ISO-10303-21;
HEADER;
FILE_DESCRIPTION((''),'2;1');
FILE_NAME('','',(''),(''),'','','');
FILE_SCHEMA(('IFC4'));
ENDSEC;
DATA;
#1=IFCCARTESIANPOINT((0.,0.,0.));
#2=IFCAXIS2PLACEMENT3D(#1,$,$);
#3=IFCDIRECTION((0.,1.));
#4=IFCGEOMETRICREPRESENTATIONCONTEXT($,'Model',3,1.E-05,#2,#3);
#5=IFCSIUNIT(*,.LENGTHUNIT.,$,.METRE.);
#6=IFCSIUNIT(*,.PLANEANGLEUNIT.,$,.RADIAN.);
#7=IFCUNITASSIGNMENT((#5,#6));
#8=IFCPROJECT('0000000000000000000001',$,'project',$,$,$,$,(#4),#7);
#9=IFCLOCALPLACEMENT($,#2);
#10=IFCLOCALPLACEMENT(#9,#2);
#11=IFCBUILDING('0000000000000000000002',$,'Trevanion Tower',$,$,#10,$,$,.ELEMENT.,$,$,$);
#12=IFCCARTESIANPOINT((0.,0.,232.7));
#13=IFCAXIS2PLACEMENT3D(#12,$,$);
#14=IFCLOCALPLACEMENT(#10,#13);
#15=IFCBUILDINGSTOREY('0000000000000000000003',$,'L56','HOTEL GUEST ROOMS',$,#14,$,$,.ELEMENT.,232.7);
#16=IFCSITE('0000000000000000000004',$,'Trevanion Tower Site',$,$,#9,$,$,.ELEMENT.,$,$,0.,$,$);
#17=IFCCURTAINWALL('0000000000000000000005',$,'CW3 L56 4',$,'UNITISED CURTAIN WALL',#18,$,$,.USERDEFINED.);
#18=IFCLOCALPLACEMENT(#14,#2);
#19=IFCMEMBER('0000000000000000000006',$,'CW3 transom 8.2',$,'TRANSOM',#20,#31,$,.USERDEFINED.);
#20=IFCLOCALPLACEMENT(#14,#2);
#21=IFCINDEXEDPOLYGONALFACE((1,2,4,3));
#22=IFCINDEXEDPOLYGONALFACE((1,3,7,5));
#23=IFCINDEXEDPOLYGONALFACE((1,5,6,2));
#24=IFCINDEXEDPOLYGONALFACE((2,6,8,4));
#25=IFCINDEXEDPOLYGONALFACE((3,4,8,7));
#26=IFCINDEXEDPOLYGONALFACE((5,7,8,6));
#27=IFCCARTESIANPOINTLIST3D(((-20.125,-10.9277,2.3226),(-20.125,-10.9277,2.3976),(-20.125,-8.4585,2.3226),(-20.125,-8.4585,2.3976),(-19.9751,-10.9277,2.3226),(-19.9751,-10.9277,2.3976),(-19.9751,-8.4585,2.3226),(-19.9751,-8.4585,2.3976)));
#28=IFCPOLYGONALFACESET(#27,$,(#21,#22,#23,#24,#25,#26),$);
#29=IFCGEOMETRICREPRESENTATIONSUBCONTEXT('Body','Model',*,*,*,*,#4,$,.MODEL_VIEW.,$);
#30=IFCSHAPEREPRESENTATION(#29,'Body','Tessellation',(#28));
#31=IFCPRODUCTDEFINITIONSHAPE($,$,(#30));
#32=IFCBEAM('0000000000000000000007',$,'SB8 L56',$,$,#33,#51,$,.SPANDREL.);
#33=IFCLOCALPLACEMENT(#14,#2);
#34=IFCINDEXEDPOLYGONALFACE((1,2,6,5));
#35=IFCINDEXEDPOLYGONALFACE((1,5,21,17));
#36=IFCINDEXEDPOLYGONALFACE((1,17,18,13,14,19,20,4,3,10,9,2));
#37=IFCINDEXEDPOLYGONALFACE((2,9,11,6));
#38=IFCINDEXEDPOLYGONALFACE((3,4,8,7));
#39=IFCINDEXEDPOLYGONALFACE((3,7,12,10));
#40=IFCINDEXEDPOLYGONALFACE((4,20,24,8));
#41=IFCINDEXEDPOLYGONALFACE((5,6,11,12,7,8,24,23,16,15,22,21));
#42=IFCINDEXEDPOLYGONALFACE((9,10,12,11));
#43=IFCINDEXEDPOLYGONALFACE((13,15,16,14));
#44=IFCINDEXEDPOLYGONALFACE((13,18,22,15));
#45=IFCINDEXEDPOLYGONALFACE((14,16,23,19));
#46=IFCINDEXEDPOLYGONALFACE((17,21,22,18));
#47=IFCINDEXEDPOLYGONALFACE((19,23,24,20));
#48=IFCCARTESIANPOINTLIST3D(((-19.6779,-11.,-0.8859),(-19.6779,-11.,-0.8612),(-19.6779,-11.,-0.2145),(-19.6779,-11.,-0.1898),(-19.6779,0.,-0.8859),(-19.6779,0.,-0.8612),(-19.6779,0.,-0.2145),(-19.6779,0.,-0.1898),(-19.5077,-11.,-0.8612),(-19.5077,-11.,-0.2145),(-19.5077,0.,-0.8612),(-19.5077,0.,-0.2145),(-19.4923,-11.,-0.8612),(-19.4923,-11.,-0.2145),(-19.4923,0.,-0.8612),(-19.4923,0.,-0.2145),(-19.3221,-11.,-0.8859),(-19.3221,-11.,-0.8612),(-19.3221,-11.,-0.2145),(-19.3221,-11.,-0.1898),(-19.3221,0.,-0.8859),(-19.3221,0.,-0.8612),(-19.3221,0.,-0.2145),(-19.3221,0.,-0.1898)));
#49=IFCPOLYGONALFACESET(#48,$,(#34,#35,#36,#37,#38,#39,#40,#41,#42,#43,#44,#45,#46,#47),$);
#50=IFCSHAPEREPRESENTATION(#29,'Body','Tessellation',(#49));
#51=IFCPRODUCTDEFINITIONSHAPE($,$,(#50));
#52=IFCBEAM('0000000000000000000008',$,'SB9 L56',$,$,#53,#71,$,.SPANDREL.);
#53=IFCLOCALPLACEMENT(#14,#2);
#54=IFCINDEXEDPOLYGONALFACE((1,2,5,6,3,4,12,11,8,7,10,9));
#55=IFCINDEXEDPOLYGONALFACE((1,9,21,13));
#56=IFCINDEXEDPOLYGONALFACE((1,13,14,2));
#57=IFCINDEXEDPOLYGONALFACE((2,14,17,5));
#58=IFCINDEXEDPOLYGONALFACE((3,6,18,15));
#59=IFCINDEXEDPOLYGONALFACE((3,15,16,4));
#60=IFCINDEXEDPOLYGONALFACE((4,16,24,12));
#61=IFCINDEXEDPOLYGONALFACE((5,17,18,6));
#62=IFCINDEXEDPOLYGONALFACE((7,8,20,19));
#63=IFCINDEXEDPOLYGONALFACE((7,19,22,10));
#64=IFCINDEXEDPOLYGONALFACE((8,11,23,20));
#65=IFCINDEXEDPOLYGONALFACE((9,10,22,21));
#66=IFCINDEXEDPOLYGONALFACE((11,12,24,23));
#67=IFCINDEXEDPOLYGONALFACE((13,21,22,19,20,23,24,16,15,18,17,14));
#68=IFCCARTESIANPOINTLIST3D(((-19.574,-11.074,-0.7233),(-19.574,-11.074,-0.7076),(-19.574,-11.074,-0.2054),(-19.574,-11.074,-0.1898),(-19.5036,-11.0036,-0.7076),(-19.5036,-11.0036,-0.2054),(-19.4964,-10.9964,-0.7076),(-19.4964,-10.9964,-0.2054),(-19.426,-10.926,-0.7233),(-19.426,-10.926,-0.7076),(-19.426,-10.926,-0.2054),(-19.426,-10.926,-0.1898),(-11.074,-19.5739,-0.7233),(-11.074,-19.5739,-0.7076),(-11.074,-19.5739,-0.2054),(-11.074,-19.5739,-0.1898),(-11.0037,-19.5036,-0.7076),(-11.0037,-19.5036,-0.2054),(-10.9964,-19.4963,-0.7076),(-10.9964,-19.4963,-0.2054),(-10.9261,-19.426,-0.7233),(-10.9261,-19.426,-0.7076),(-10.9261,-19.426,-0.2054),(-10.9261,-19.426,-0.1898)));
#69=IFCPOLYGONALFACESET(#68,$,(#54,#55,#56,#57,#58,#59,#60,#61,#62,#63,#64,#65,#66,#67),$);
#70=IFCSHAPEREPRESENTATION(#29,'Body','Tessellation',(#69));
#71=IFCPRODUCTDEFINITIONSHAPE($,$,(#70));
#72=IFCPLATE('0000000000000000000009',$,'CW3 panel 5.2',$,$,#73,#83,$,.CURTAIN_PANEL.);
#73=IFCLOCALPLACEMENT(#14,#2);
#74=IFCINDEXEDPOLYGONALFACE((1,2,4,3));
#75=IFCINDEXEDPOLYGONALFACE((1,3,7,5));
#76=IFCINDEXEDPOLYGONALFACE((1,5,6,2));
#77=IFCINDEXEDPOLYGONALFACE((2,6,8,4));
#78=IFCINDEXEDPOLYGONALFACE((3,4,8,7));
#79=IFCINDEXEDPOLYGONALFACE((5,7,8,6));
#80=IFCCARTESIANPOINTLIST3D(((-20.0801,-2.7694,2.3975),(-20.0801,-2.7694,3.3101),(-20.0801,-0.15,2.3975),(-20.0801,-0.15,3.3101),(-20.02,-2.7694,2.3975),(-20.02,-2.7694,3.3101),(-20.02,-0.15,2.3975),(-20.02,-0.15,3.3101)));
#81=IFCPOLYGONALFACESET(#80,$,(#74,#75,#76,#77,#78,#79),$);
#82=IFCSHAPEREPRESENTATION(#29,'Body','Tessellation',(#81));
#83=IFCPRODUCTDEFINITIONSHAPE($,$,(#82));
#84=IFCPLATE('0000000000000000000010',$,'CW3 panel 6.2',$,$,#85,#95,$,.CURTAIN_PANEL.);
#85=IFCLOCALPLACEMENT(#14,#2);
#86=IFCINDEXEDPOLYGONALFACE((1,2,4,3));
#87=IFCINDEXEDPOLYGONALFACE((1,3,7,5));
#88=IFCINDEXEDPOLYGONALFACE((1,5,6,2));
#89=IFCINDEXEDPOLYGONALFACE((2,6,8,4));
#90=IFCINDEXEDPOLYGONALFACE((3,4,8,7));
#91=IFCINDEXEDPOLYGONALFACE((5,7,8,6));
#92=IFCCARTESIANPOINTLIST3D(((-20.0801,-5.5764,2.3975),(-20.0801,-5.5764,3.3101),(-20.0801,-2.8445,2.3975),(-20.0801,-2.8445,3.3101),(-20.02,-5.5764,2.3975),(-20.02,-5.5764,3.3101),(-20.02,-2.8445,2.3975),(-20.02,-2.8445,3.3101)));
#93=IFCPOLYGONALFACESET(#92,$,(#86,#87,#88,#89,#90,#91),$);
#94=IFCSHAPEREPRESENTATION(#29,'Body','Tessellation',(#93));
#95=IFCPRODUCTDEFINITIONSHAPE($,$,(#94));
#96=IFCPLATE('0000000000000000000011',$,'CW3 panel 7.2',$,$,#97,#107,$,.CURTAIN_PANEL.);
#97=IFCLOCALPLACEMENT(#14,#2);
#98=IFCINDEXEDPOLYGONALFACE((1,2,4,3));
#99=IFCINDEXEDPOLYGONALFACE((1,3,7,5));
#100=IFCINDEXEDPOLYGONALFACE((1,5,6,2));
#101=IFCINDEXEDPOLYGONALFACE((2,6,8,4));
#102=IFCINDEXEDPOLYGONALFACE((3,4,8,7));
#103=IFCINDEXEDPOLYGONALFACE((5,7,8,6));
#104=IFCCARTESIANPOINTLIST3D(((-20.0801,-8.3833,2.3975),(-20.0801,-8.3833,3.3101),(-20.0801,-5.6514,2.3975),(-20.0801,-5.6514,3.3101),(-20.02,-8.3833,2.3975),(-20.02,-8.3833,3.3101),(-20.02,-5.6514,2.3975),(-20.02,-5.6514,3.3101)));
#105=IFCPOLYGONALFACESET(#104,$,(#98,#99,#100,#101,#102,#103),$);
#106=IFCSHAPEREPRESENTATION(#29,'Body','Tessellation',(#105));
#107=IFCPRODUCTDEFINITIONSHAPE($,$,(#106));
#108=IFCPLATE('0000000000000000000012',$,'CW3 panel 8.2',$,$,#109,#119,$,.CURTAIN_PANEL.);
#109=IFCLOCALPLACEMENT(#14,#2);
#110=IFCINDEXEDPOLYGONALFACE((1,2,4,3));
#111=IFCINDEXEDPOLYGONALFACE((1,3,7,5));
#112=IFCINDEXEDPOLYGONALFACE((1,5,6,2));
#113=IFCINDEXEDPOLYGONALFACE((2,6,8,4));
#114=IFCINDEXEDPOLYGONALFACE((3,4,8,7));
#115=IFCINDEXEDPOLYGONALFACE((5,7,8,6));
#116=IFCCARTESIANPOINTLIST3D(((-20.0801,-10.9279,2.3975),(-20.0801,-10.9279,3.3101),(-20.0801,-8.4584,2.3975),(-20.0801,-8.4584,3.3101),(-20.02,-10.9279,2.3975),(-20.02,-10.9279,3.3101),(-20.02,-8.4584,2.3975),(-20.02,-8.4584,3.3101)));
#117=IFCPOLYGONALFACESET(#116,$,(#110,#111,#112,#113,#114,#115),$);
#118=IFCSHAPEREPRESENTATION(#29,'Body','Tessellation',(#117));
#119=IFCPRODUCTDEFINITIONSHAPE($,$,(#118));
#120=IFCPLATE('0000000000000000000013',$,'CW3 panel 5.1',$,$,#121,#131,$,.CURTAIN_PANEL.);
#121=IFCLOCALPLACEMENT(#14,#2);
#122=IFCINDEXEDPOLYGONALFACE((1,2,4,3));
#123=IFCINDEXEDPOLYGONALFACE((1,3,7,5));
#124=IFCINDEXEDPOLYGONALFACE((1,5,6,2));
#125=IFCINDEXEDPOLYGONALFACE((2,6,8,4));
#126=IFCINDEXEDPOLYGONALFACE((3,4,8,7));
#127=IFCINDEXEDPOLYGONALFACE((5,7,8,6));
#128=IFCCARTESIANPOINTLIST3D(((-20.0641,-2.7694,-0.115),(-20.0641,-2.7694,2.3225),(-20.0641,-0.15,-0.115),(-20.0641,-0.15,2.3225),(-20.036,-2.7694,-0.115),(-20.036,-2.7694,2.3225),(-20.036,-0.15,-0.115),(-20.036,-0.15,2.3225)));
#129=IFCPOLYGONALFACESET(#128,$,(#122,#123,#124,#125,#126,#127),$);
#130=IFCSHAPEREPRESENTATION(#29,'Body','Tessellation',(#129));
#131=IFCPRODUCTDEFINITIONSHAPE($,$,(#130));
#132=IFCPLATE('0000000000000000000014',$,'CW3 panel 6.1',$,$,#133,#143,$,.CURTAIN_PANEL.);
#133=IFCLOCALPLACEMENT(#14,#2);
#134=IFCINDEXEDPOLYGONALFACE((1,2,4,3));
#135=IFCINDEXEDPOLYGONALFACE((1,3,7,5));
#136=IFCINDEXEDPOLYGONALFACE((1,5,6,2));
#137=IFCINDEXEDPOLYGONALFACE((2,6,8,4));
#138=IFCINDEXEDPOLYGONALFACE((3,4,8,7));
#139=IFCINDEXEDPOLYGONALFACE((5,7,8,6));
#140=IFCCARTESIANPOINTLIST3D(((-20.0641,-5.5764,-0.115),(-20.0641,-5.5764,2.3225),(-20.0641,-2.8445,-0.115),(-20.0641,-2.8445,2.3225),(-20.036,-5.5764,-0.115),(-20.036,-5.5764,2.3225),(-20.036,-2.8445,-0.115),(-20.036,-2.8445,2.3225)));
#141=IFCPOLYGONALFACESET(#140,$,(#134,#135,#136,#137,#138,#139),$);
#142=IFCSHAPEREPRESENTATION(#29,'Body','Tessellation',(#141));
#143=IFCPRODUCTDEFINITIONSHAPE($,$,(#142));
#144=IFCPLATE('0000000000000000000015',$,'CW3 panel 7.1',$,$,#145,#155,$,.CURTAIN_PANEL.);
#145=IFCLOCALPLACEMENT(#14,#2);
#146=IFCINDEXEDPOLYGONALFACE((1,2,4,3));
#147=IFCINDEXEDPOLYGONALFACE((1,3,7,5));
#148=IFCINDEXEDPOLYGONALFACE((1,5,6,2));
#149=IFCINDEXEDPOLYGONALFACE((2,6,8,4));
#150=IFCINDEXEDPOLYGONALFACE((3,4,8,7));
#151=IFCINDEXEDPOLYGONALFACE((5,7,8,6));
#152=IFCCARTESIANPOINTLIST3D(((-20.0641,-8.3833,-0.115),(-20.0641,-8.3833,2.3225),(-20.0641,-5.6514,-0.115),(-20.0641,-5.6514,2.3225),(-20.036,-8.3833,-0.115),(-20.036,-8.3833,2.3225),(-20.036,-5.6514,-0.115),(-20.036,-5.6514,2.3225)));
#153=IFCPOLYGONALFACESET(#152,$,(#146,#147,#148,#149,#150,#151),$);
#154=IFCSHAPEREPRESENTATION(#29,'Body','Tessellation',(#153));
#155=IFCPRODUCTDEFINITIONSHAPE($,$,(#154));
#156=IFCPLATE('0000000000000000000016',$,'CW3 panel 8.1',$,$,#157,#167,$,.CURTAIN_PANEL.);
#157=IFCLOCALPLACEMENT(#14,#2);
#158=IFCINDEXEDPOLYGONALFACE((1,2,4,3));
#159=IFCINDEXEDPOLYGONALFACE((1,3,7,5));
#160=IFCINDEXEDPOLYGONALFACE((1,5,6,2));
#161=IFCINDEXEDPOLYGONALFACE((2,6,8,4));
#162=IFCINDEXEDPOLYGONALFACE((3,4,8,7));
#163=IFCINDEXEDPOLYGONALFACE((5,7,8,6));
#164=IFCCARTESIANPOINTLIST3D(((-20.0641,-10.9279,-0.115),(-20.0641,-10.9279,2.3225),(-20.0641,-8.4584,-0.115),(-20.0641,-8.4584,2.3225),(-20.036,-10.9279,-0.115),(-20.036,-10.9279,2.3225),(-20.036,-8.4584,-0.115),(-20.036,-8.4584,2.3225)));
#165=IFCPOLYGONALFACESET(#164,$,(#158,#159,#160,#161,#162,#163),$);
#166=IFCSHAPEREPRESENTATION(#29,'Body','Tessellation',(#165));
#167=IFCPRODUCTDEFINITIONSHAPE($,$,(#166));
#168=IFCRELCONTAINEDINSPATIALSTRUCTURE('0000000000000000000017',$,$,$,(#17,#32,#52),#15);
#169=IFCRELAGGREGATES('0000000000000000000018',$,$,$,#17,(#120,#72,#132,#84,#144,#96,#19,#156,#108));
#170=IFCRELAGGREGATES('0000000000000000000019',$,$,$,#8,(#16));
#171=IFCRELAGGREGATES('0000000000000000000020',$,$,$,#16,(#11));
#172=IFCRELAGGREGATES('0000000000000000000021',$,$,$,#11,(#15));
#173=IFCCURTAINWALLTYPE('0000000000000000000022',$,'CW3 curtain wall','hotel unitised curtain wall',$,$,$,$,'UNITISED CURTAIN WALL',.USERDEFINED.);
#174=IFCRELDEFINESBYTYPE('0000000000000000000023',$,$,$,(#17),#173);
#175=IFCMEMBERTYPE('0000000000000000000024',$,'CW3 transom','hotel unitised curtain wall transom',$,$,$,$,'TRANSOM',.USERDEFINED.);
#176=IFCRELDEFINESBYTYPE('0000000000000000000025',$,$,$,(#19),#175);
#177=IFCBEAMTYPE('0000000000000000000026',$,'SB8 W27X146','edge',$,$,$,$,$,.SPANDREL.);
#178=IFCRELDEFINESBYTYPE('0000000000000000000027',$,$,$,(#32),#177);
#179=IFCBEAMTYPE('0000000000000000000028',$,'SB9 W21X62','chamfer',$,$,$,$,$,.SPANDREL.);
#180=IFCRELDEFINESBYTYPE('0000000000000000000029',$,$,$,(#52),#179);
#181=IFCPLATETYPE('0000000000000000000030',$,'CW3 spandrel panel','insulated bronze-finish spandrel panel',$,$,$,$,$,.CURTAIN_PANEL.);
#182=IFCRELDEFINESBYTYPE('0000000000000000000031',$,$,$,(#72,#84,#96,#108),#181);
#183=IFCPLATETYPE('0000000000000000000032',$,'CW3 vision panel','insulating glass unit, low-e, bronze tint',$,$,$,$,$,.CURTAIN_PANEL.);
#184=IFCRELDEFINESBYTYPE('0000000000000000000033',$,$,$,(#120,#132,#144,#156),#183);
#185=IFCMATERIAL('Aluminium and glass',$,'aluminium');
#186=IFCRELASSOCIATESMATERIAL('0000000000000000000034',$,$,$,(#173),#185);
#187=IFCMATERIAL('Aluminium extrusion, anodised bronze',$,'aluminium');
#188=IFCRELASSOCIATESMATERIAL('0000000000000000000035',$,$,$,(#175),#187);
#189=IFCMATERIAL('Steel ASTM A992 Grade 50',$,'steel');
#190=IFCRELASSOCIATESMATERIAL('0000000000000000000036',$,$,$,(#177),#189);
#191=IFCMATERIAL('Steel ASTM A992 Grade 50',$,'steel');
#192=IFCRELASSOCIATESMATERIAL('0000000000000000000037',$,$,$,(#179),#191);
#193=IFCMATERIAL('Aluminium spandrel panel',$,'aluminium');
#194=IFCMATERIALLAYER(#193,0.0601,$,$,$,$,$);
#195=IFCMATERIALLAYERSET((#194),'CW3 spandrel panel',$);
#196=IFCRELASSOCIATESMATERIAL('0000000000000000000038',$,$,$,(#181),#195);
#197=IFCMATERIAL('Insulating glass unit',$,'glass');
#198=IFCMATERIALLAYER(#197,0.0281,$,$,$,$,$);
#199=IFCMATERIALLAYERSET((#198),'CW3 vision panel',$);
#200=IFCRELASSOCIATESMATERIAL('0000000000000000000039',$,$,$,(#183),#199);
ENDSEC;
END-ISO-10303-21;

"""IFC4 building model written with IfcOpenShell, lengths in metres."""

from ifc_helpers import new_model, si_unit, direction, frame, origin, origin_2d, place, context, subcontext, project, spatial, rectangle, i_section, extrude, material, layer, layer_set, material_profile, profile_set, type_object, element, aggregate, save


model = new_model("IFC4")

# Units and contexts
model_context = context("Model", 3, precision=1e-05, world=origin(), true_north=direction((0.0, 1.0)))
body_context = subcontext(model_context, "Body", "Model", "MODEL_VIEW")
ifc_project = project(units=[si_unit("LENGTHUNIT", "METRE"), si_unit("PLANEANGLEUNIT", "RADIAN")], contexts=[model_context])

# Site, building, storey
site_placement = place(None, origin())
site = spatial("IfcSite", under=ifc_project, at=site_placement, Name="Trevanion Tower Site", CompositionType="ELEMENT", RefElevation=0.0)
building_placement = place(site_placement, origin())
building = spatial("IfcBuilding", under=site, at=building_placement, Name="Trevanion Tower", CompositionType="ELEMENT")
storey_placement = place(building_placement, frame((0.0, 0.0, 232.7)))
storey = spatial("IfcBuildingStorey", under=building, at=storey_placement, Name="L56", Description="HOTEL GUEST ROOMS", CompositionType="ELEMENT", Elevation=232.7)

# Curtain wall, member
ifc_material_1 = material(Name="Aluminium and glass", Category="aluminium")
curtain_wall_type = type_object("IfcCurtainWallType", Name="CW3 curtain wall", Description="hotel unitised curtain wall", ElementType="UNITISED CURTAIN WALL", PredefinedType="USERDEFINED", material=ifc_material_1)
curtain_wall_placement = place(storey_placement, origin())
curtain_wall = element("IfcCurtainWall", 1, at=curtain_wall_placement, inside=storey, type_object=curtain_wall_type, Name="CW3 L56 4", ObjectType="UNITISED CURTAIN WALL", PredefinedType="USERDEFINED")
ifc_material_2 = material(Name="Aluminium extrusion, anodised bronze", Category="aluminium")
ifc_material_profile_1 = material_profile(ifc_material_2, rectangle(XDim=0.1499, YDim=0.075, at=origin_2d()), Name="CW3 transom")
ifc_profile_set_1 = profile_set([ifc_material_profile_1], Name="Aluminium extrusion, anodised bronze")
member_type_1 = type_object("IfcMemberType", Name="CW3 transom", Description="hotel unitised curtain wall transom", ElementType="TRANSOM", PredefinedType="USERDEFINED", material=ifc_profile_set_1)
member_1_placement = place(storey_placement, frame((-20.05, -8.4585, 2.3601), z_axis=(0.0, -1.0, 0.0), x_axis=(1.0, 0.0, 0.0)))
member_1 = element("IfcMember", 2, at=member_1_placement, type_object=member_type_1, Name="CW3 transom 8.2", ObjectType="TRANSOM", PredefinedType="USERDEFINED", context=body_context, shape_type="SweptSolid", body=[
    extrude(rectangle(XDim=0.1499, YDim=0.075, at=origin_2d()), origin(), (0.0, 0.0, 1.0), 2.4692),
])

# Beams
ifc_material_3 = material(Name="Steel ASTM A992 Grade 50", Category="steel")
ifc_material_profile_2 = material_profile(ifc_material_3, i_section(OverallWidth=0.3557, OverallDepth=0.696, WebThickness=0.0154, FlangeThickness=0.0247, at=origin_2d()), Name="W27X146")
ifc_profile_set_2 = profile_set([ifc_material_profile_2], Name="Steel ASTM A992 Grade 50")
beam_type_1 = type_object("IfcBeamType", Name="SB8 W27X146", Description="edge", PredefinedType="SPANDREL", material=ifc_profile_set_2)
beam_1_placement = place(storey_placement, frame((-19.5, 0.0, -0.5378), z_axis=(0.0, -1.0, 0.0), x_axis=(1.0, 0.0, 0.0)))
element("IfcBeam", 3, at=beam_1_placement, inside=storey, type_object=beam_type_1, Name="SB8 L56", PredefinedType="SPANDREL", context=body_context, shape_type="SweptSolid", body=[
    extrude(i_section(OverallWidth=0.3557, OverallDepth=0.696, WebThickness=0.0154, FlangeThickness=0.0247, at=origin_2d()), origin(), (0.0, 0.0, 1.0), 11.0),
])
ifc_material_4 = material(Name="Steel ASTM A992 Grade 50", Category="steel")
ifc_material_profile_3 = material_profile(ifc_material_4, i_section(OverallWidth=0.2092, OverallDepth=0.5334, WebThickness=0.0103, FlangeThickness=0.0156, at=origin_2d()), Name="W21X62")
ifc_profile_set_3 = profile_set([ifc_material_profile_3], Name="Steel ASTM A992 Grade 50")
beam_type_2 = type_object("IfcBeamType", Name="SB9 W21X62", Description="chamfer", PredefinedType="SPANDREL", material=ifc_profile_set_3)
beam_2_placement = place(storey_placement, frame((-19.5, -11.0, -0.4565), z_axis=(0.707107, -0.707107, 0.0), x_axis=(0.707107, 0.707107, 0.0)))
element("IfcBeam", 4, at=beam_2_placement, inside=storey, type_object=beam_type_2, Name="SB9 L56", PredefinedType="SPANDREL", context=body_context, shape_type="SweptSolid", body=[
    extrude(i_section(OverallWidth=0.2092, OverallDepth=0.5334, WebThickness=0.0103, FlangeThickness=0.0156, at=origin_2d()), origin(), (0.0, 0.0, 1.0), 12.0208),
])

# Plates
ifc_material_5 = material(Name="Aluminium spandrel panel", Category="aluminium")
ifc_layer_1 = layer(ifc_material_5, 0.0601)
ifc_layer_set_1 = layer_set([ifc_layer_1], Name="CW3 spandrel panel")
plate_type_1 = type_object("IfcPlateType", Name="CW3 spandrel panel", Description="insulated bronze-finish spandrel panel", PredefinedType="CURTAIN_PANEL", material=ifc_layer_set_1)
plate_1_placement = place(storey_placement, frame((-20.05, -1.4597, 2.3975), z_axis=(0.0, 0.0, 1.0), x_axis=(0.0, -1.0, 0.0)))
plate_1 = element("IfcPlate", 5, at=plate_1_placement, type_object=plate_type_1, Name="CW3 panel 5.2", PredefinedType="CURTAIN_PANEL", context=body_context, shape_type="SweptSolid", body=[
    extrude(rectangle(XDim=2.6194, YDim=0.0601, at=origin_2d()), origin(), (0.0, 0.0, 1.0), 0.9126),
])
plate_2_placement = place(storey_placement, frame((-20.05, -4.2104, 2.3975), z_axis=(0.0, 0.0, 1.0), x_axis=(0.0, -1.0, 0.0)))
plate_2 = element("IfcPlate", 6, at=plate_2_placement, type_object=plate_type_1, Name="CW3 panel 6.2", PredefinedType="CURTAIN_PANEL", context=body_context, shape_type="SweptSolid", body=[
    extrude(rectangle(XDim=2.7319, YDim=0.0601, at=origin_2d()), origin(), (0.0, 0.0, 1.0), 0.9126),
])
plate_3_placement = place(storey_placement, frame((-20.05, -7.0173, 2.3975), z_axis=(0.0, 0.0, 1.0), x_axis=(0.0, -1.0, 0.0)))
plate_3 = element("IfcPlate", 7, at=plate_3_placement, type_object=plate_type_1, Name="CW3 panel 7.2", PredefinedType="CURTAIN_PANEL", context=body_context, shape_type="SweptSolid", body=[
    extrude(rectangle(XDim=2.7319, YDim=0.0601, at=origin_2d()), origin(), (0.0, 0.0, 1.0), 0.9126),
])
plate_4_placement = place(storey_placement, frame((-20.05, -9.6931, 2.3975), z_axis=(0.0, 0.0, 1.0), x_axis=(0.0, -1.0, 0.0)))
plate_4 = element("IfcPlate", 8, at=plate_4_placement, type_object=plate_type_1, Name="CW3 panel 8.2", PredefinedType="CURTAIN_PANEL", context=body_context, shape_type="SweptSolid", body=[
    extrude(rectangle(XDim=2.4695, YDim=0.0601, at=origin_2d()), origin(), (0.0, 0.0, 1.0), 0.9126),
])
ifc_material_6 = material(Name="Insulating glass unit", Category="glass")
ifc_layer_2 = layer(ifc_material_6, 0.0281)
ifc_layer_set_2 = layer_set([ifc_layer_2], Name="CW3 vision panel")
plate_type_2 = type_object("IfcPlateType", Name="CW3 vision panel", Description="insulating glass unit, low-e, bronze tint", PredefinedType="CURTAIN_PANEL", material=ifc_layer_set_2)
plate_5_placement = place(storey_placement, frame((-20.05, -1.4597, -0.115), z_axis=(0.0, 0.0, 1.0), x_axis=(0.0, -1.0, 0.0)))
plate_5 = element("IfcPlate", 9, at=plate_5_placement, type_object=plate_type_2, Name="CW3 panel 5.1", PredefinedType="CURTAIN_PANEL", context=body_context, shape_type="SweptSolid", body=[
    extrude(rectangle(XDim=2.6194, YDim=0.0281, at=origin_2d()), origin(), (0.0, 0.0, 1.0), 2.4375),
])
plate_6_placement = place(storey_placement, frame((-20.05, -4.2104, -0.115), z_axis=(0.0, 0.0, 1.0), x_axis=(0.0, -1.0, 0.0)))
plate_6 = element("IfcPlate", 10, at=plate_6_placement, type_object=plate_type_2, Name="CW3 panel 6.1", PredefinedType="CURTAIN_PANEL", context=body_context, shape_type="SweptSolid", body=[
    extrude(rectangle(XDim=2.7319, YDim=0.0281, at=origin_2d()), origin(), (0.0, 0.0, 1.0), 2.4375),
])
plate_7_placement = place(storey_placement, frame((-20.05, -7.0173, -0.115), z_axis=(0.0, 0.0, 1.0), x_axis=(0.0, -1.0, 0.0)))
plate_7 = element("IfcPlate", 11, at=plate_7_placement, type_object=plate_type_2, Name="CW3 panel 7.1", PredefinedType="CURTAIN_PANEL", context=body_context, shape_type="SweptSolid", body=[
    extrude(rectangle(XDim=2.7319, YDim=0.0281, at=origin_2d()), origin(), (0.0, 0.0, 1.0), 2.4375),
])
plate_8_placement = place(storey_placement, frame((-20.05, -9.6931, -0.115), z_axis=(0.0, 0.0, 1.0), x_axis=(0.0, -1.0, 0.0)))
plate_8 = element("IfcPlate", 12, at=plate_8_placement, type_object=plate_type_2, Name="CW3 panel 8.1", PredefinedType="CURTAIN_PANEL", context=body_context, shape_type="SweptSolid", body=[
    extrude(rectangle(XDim=2.4695, YDim=0.0281, at=origin_2d()), origin(), (0.0, 0.0, 1.0), 2.4375),
])
aggregate(curtain_wall, [plate_5, plate_1, plate_6, plate_2, plate_7, plate_3, member_1, plate_8, plate_4])

save(model, "model.ifc")
